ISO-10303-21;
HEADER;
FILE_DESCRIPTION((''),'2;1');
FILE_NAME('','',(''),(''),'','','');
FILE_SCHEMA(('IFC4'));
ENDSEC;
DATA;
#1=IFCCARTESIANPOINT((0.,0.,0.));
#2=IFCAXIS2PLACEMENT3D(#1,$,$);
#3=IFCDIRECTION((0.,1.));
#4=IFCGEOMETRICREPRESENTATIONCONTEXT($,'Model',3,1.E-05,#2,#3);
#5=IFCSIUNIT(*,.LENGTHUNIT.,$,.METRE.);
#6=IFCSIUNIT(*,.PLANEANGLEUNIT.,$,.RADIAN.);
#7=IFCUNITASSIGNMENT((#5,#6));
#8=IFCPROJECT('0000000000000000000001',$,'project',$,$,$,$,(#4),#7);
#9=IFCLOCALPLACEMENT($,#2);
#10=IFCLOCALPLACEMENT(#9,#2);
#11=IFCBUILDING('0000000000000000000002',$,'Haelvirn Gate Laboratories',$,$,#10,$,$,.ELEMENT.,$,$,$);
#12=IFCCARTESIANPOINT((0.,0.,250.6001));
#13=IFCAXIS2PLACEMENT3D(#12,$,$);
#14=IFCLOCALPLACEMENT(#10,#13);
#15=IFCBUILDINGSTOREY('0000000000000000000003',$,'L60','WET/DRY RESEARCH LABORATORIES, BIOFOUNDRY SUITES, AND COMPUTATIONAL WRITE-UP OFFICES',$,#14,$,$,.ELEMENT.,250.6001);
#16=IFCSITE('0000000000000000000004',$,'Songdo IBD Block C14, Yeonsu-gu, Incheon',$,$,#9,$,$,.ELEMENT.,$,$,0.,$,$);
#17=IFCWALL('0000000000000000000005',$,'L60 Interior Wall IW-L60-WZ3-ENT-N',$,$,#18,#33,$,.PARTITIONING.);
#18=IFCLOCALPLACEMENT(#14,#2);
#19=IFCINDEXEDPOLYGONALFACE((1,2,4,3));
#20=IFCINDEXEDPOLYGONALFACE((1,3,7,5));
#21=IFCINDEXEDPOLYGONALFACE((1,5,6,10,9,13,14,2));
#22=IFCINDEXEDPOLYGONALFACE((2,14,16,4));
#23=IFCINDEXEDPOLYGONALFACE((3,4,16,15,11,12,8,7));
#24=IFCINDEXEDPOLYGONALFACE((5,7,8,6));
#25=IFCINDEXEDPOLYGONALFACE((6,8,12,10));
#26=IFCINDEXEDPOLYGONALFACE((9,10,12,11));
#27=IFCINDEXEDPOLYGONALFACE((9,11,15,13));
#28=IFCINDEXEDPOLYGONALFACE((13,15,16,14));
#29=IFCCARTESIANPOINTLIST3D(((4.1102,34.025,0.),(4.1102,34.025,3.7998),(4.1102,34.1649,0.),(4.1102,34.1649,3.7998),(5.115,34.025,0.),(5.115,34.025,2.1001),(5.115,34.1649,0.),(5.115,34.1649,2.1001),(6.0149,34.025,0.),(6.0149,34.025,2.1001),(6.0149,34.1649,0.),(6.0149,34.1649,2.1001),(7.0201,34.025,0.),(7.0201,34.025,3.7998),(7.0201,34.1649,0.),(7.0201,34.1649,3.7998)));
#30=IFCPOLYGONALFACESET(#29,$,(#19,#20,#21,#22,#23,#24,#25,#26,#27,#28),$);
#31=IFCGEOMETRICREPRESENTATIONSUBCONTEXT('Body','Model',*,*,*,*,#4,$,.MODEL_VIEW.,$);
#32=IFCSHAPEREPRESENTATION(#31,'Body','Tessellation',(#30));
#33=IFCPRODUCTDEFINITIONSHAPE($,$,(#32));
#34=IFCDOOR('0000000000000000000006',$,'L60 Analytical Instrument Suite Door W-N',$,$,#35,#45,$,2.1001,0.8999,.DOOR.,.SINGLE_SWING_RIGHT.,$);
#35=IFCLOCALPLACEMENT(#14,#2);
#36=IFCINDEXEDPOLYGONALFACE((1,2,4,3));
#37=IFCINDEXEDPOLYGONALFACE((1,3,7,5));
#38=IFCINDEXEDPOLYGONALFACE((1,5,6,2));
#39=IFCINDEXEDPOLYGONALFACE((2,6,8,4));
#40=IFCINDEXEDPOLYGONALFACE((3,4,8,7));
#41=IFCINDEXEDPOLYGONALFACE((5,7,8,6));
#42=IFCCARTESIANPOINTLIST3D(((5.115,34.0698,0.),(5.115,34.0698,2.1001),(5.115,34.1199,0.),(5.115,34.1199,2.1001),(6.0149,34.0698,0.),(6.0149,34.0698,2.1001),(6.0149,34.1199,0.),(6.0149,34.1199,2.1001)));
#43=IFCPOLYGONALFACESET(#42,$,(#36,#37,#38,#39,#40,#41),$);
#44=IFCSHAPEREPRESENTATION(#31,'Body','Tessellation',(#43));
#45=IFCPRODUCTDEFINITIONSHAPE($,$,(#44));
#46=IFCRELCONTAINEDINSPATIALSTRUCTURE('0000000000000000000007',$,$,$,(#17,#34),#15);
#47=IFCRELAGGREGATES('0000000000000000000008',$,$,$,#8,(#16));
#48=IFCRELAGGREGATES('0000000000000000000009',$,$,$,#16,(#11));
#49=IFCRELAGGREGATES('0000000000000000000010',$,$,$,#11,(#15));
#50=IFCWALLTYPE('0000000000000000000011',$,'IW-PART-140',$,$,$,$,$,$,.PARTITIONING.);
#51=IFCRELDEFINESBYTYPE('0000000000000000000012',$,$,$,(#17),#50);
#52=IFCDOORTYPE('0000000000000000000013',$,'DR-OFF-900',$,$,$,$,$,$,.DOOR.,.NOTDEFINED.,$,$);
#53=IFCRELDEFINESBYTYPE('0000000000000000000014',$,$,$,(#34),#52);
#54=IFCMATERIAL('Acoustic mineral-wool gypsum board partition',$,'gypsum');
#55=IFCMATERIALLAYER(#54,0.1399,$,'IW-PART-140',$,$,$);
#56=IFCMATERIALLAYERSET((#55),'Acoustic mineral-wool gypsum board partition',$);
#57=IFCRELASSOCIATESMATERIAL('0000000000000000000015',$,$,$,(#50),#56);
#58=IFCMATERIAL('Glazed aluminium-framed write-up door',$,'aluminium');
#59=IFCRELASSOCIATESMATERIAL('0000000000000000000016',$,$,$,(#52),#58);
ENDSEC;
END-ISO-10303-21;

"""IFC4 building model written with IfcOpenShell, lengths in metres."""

from ifc_helpers import new_model, si_unit, direction, frame, frame_2d, origin, place, context, subcontext, project, spatial, rectangle, extrude, source, transform, mapped, material, layer, layer_set, type_object, type_shapes, element, fill, save


model = new_model("IFC4")

# Units and contexts
model_context = context("Model", 3, precision=1e-05, world=origin(), true_north=direction((0.0, 1.0)))
body_context = subcontext(model_context, "Body", "Model", "MODEL_VIEW")
ifc_project = project(units=[si_unit("LENGTHUNIT", "METRE"), si_unit("PLANEANGLEUNIT", "RADIAN")], contexts=[model_context])

# Site, building, storey
site_placement = place(None, origin())
site = spatial("IfcSite", under=ifc_project, at=site_placement, Name="Songdo IBD Block C14, Yeonsu-gu, Incheon", CompositionType="ELEMENT", RefElevation=0.0)
building_placement = place(site_placement, origin())
building = spatial("IfcBuilding", under=site, at=building_placement, Name="Haelvirn Gate Laboratories", CompositionType="ELEMENT")
storey_placement = place(building_placement, frame((0.0, 0.0, 250.6001)))
storey = spatial("IfcBuildingStorey", under=building, at=storey_placement, Name="L60", Description="WET/DRY RESEARCH LABORATORIES, BIOFOUNDRY SUITES, AND COMPUTATIONAL WRITE-UP OFFICES", CompositionType="ELEMENT", Elevation=250.6001)

# Wall, opening, door
ifc_material_1 = material(Name="Acoustic mineral-wool gypsum board partition", Category="gypsum")
ifc_layer_1 = layer(ifc_material_1, 0.1399, Name="IW-PART-140")
ifc_layer_set_1 = layer_set([ifc_layer_1], Name="Acoustic mineral-wool gypsum board partition")
wall_type_1 = type_object("IfcWallType", Name="IW-PART-140", PredefinedType="PARTITIONING", material=ifc_layer_set_1)
wall_1_placement = place(storey_placement, frame((4.1101, 34.095, 0.0), z_axis=(0.0, 0.0, 1.0), x_axis=(1.0, 0.0, 0.0)))
wall_1 = element("IfcWall", 1, at=wall_1_placement, inside=storey, type_object=wall_type_1, Name="L60 Interior Wall IW-L60-WZ3-ENT-N", PredefinedType="PARTITIONING", context=body_context, shape_type="SweptSolid", body=[
    extrude(rectangle(XDim=2.9099, YDim=0.1399, at=frame_2d((1.4551, 0.0))), origin(), (0.0, 0.0, 1.0), 3.7998),
])
opening_1_placement = place(wall_1_placement, frame((1.0049, 0.0, 0.0)))
opening_1 = element("IfcOpeningElement", 2, at=opening_1_placement, cuts=wall_1, PredefinedType="OPENING", context=body_context, shape_type="SweptSolid", body=[
    extrude(rectangle(XDim=0.8999, YDim=2.1001, at=frame_2d((0.45, 1.05))), frame((0.0, 0.0801, 0.0), z_axis=(0.0, -1.0, 0.0), x_axis=(1.0, 0.0, 0.0)), (0.0, 0.0, 1.0), 0.1599),
])
ifc_material_2 = material(Name="Glazed aluminium-framed write-up door", Category="aluminium")
door_type_1 = type_object("IfcDoorType", Name="DR-OFF-900", OperationType="NOTDEFINED", PredefinedType="DOOR", material=ifc_material_2)
shared_shape_1 = source(origin(), body_context, "Body", "SweptSolid", [
    extrude(rectangle(XDim=0.8999, YDim=2.1001, at=frame_2d((0.45, 1.05))), frame((0.0, 0.0249, 0.0), z_axis=(0.0, -1.0, 0.0), x_axis=(1.0, 0.0, 0.0)), (0.0, 0.0, 1.0), 0.05),
])
type_shapes(door_type_1, [shared_shape_1])
door_1_placement = place(opening_1_placement, origin())
door_1 = element("IfcDoor", 3, at=door_1_placement, inside=storey, type_object=door_type_1, Name="L60 Analytical Instrument Suite Door W-N", OperationType="SINGLE_SWING_RIGHT", OverallHeight=2.1001, OverallWidth=0.8999, PredefinedType="DOOR", context=body_context, shape_type="MappedRepresentation", body=[
    mapped(shared_shape_1, transform((0.0, 0.0, 0.0), scale=1.0)),
])
fill(opening_1, door_1)

save(model, "model.ifc")
